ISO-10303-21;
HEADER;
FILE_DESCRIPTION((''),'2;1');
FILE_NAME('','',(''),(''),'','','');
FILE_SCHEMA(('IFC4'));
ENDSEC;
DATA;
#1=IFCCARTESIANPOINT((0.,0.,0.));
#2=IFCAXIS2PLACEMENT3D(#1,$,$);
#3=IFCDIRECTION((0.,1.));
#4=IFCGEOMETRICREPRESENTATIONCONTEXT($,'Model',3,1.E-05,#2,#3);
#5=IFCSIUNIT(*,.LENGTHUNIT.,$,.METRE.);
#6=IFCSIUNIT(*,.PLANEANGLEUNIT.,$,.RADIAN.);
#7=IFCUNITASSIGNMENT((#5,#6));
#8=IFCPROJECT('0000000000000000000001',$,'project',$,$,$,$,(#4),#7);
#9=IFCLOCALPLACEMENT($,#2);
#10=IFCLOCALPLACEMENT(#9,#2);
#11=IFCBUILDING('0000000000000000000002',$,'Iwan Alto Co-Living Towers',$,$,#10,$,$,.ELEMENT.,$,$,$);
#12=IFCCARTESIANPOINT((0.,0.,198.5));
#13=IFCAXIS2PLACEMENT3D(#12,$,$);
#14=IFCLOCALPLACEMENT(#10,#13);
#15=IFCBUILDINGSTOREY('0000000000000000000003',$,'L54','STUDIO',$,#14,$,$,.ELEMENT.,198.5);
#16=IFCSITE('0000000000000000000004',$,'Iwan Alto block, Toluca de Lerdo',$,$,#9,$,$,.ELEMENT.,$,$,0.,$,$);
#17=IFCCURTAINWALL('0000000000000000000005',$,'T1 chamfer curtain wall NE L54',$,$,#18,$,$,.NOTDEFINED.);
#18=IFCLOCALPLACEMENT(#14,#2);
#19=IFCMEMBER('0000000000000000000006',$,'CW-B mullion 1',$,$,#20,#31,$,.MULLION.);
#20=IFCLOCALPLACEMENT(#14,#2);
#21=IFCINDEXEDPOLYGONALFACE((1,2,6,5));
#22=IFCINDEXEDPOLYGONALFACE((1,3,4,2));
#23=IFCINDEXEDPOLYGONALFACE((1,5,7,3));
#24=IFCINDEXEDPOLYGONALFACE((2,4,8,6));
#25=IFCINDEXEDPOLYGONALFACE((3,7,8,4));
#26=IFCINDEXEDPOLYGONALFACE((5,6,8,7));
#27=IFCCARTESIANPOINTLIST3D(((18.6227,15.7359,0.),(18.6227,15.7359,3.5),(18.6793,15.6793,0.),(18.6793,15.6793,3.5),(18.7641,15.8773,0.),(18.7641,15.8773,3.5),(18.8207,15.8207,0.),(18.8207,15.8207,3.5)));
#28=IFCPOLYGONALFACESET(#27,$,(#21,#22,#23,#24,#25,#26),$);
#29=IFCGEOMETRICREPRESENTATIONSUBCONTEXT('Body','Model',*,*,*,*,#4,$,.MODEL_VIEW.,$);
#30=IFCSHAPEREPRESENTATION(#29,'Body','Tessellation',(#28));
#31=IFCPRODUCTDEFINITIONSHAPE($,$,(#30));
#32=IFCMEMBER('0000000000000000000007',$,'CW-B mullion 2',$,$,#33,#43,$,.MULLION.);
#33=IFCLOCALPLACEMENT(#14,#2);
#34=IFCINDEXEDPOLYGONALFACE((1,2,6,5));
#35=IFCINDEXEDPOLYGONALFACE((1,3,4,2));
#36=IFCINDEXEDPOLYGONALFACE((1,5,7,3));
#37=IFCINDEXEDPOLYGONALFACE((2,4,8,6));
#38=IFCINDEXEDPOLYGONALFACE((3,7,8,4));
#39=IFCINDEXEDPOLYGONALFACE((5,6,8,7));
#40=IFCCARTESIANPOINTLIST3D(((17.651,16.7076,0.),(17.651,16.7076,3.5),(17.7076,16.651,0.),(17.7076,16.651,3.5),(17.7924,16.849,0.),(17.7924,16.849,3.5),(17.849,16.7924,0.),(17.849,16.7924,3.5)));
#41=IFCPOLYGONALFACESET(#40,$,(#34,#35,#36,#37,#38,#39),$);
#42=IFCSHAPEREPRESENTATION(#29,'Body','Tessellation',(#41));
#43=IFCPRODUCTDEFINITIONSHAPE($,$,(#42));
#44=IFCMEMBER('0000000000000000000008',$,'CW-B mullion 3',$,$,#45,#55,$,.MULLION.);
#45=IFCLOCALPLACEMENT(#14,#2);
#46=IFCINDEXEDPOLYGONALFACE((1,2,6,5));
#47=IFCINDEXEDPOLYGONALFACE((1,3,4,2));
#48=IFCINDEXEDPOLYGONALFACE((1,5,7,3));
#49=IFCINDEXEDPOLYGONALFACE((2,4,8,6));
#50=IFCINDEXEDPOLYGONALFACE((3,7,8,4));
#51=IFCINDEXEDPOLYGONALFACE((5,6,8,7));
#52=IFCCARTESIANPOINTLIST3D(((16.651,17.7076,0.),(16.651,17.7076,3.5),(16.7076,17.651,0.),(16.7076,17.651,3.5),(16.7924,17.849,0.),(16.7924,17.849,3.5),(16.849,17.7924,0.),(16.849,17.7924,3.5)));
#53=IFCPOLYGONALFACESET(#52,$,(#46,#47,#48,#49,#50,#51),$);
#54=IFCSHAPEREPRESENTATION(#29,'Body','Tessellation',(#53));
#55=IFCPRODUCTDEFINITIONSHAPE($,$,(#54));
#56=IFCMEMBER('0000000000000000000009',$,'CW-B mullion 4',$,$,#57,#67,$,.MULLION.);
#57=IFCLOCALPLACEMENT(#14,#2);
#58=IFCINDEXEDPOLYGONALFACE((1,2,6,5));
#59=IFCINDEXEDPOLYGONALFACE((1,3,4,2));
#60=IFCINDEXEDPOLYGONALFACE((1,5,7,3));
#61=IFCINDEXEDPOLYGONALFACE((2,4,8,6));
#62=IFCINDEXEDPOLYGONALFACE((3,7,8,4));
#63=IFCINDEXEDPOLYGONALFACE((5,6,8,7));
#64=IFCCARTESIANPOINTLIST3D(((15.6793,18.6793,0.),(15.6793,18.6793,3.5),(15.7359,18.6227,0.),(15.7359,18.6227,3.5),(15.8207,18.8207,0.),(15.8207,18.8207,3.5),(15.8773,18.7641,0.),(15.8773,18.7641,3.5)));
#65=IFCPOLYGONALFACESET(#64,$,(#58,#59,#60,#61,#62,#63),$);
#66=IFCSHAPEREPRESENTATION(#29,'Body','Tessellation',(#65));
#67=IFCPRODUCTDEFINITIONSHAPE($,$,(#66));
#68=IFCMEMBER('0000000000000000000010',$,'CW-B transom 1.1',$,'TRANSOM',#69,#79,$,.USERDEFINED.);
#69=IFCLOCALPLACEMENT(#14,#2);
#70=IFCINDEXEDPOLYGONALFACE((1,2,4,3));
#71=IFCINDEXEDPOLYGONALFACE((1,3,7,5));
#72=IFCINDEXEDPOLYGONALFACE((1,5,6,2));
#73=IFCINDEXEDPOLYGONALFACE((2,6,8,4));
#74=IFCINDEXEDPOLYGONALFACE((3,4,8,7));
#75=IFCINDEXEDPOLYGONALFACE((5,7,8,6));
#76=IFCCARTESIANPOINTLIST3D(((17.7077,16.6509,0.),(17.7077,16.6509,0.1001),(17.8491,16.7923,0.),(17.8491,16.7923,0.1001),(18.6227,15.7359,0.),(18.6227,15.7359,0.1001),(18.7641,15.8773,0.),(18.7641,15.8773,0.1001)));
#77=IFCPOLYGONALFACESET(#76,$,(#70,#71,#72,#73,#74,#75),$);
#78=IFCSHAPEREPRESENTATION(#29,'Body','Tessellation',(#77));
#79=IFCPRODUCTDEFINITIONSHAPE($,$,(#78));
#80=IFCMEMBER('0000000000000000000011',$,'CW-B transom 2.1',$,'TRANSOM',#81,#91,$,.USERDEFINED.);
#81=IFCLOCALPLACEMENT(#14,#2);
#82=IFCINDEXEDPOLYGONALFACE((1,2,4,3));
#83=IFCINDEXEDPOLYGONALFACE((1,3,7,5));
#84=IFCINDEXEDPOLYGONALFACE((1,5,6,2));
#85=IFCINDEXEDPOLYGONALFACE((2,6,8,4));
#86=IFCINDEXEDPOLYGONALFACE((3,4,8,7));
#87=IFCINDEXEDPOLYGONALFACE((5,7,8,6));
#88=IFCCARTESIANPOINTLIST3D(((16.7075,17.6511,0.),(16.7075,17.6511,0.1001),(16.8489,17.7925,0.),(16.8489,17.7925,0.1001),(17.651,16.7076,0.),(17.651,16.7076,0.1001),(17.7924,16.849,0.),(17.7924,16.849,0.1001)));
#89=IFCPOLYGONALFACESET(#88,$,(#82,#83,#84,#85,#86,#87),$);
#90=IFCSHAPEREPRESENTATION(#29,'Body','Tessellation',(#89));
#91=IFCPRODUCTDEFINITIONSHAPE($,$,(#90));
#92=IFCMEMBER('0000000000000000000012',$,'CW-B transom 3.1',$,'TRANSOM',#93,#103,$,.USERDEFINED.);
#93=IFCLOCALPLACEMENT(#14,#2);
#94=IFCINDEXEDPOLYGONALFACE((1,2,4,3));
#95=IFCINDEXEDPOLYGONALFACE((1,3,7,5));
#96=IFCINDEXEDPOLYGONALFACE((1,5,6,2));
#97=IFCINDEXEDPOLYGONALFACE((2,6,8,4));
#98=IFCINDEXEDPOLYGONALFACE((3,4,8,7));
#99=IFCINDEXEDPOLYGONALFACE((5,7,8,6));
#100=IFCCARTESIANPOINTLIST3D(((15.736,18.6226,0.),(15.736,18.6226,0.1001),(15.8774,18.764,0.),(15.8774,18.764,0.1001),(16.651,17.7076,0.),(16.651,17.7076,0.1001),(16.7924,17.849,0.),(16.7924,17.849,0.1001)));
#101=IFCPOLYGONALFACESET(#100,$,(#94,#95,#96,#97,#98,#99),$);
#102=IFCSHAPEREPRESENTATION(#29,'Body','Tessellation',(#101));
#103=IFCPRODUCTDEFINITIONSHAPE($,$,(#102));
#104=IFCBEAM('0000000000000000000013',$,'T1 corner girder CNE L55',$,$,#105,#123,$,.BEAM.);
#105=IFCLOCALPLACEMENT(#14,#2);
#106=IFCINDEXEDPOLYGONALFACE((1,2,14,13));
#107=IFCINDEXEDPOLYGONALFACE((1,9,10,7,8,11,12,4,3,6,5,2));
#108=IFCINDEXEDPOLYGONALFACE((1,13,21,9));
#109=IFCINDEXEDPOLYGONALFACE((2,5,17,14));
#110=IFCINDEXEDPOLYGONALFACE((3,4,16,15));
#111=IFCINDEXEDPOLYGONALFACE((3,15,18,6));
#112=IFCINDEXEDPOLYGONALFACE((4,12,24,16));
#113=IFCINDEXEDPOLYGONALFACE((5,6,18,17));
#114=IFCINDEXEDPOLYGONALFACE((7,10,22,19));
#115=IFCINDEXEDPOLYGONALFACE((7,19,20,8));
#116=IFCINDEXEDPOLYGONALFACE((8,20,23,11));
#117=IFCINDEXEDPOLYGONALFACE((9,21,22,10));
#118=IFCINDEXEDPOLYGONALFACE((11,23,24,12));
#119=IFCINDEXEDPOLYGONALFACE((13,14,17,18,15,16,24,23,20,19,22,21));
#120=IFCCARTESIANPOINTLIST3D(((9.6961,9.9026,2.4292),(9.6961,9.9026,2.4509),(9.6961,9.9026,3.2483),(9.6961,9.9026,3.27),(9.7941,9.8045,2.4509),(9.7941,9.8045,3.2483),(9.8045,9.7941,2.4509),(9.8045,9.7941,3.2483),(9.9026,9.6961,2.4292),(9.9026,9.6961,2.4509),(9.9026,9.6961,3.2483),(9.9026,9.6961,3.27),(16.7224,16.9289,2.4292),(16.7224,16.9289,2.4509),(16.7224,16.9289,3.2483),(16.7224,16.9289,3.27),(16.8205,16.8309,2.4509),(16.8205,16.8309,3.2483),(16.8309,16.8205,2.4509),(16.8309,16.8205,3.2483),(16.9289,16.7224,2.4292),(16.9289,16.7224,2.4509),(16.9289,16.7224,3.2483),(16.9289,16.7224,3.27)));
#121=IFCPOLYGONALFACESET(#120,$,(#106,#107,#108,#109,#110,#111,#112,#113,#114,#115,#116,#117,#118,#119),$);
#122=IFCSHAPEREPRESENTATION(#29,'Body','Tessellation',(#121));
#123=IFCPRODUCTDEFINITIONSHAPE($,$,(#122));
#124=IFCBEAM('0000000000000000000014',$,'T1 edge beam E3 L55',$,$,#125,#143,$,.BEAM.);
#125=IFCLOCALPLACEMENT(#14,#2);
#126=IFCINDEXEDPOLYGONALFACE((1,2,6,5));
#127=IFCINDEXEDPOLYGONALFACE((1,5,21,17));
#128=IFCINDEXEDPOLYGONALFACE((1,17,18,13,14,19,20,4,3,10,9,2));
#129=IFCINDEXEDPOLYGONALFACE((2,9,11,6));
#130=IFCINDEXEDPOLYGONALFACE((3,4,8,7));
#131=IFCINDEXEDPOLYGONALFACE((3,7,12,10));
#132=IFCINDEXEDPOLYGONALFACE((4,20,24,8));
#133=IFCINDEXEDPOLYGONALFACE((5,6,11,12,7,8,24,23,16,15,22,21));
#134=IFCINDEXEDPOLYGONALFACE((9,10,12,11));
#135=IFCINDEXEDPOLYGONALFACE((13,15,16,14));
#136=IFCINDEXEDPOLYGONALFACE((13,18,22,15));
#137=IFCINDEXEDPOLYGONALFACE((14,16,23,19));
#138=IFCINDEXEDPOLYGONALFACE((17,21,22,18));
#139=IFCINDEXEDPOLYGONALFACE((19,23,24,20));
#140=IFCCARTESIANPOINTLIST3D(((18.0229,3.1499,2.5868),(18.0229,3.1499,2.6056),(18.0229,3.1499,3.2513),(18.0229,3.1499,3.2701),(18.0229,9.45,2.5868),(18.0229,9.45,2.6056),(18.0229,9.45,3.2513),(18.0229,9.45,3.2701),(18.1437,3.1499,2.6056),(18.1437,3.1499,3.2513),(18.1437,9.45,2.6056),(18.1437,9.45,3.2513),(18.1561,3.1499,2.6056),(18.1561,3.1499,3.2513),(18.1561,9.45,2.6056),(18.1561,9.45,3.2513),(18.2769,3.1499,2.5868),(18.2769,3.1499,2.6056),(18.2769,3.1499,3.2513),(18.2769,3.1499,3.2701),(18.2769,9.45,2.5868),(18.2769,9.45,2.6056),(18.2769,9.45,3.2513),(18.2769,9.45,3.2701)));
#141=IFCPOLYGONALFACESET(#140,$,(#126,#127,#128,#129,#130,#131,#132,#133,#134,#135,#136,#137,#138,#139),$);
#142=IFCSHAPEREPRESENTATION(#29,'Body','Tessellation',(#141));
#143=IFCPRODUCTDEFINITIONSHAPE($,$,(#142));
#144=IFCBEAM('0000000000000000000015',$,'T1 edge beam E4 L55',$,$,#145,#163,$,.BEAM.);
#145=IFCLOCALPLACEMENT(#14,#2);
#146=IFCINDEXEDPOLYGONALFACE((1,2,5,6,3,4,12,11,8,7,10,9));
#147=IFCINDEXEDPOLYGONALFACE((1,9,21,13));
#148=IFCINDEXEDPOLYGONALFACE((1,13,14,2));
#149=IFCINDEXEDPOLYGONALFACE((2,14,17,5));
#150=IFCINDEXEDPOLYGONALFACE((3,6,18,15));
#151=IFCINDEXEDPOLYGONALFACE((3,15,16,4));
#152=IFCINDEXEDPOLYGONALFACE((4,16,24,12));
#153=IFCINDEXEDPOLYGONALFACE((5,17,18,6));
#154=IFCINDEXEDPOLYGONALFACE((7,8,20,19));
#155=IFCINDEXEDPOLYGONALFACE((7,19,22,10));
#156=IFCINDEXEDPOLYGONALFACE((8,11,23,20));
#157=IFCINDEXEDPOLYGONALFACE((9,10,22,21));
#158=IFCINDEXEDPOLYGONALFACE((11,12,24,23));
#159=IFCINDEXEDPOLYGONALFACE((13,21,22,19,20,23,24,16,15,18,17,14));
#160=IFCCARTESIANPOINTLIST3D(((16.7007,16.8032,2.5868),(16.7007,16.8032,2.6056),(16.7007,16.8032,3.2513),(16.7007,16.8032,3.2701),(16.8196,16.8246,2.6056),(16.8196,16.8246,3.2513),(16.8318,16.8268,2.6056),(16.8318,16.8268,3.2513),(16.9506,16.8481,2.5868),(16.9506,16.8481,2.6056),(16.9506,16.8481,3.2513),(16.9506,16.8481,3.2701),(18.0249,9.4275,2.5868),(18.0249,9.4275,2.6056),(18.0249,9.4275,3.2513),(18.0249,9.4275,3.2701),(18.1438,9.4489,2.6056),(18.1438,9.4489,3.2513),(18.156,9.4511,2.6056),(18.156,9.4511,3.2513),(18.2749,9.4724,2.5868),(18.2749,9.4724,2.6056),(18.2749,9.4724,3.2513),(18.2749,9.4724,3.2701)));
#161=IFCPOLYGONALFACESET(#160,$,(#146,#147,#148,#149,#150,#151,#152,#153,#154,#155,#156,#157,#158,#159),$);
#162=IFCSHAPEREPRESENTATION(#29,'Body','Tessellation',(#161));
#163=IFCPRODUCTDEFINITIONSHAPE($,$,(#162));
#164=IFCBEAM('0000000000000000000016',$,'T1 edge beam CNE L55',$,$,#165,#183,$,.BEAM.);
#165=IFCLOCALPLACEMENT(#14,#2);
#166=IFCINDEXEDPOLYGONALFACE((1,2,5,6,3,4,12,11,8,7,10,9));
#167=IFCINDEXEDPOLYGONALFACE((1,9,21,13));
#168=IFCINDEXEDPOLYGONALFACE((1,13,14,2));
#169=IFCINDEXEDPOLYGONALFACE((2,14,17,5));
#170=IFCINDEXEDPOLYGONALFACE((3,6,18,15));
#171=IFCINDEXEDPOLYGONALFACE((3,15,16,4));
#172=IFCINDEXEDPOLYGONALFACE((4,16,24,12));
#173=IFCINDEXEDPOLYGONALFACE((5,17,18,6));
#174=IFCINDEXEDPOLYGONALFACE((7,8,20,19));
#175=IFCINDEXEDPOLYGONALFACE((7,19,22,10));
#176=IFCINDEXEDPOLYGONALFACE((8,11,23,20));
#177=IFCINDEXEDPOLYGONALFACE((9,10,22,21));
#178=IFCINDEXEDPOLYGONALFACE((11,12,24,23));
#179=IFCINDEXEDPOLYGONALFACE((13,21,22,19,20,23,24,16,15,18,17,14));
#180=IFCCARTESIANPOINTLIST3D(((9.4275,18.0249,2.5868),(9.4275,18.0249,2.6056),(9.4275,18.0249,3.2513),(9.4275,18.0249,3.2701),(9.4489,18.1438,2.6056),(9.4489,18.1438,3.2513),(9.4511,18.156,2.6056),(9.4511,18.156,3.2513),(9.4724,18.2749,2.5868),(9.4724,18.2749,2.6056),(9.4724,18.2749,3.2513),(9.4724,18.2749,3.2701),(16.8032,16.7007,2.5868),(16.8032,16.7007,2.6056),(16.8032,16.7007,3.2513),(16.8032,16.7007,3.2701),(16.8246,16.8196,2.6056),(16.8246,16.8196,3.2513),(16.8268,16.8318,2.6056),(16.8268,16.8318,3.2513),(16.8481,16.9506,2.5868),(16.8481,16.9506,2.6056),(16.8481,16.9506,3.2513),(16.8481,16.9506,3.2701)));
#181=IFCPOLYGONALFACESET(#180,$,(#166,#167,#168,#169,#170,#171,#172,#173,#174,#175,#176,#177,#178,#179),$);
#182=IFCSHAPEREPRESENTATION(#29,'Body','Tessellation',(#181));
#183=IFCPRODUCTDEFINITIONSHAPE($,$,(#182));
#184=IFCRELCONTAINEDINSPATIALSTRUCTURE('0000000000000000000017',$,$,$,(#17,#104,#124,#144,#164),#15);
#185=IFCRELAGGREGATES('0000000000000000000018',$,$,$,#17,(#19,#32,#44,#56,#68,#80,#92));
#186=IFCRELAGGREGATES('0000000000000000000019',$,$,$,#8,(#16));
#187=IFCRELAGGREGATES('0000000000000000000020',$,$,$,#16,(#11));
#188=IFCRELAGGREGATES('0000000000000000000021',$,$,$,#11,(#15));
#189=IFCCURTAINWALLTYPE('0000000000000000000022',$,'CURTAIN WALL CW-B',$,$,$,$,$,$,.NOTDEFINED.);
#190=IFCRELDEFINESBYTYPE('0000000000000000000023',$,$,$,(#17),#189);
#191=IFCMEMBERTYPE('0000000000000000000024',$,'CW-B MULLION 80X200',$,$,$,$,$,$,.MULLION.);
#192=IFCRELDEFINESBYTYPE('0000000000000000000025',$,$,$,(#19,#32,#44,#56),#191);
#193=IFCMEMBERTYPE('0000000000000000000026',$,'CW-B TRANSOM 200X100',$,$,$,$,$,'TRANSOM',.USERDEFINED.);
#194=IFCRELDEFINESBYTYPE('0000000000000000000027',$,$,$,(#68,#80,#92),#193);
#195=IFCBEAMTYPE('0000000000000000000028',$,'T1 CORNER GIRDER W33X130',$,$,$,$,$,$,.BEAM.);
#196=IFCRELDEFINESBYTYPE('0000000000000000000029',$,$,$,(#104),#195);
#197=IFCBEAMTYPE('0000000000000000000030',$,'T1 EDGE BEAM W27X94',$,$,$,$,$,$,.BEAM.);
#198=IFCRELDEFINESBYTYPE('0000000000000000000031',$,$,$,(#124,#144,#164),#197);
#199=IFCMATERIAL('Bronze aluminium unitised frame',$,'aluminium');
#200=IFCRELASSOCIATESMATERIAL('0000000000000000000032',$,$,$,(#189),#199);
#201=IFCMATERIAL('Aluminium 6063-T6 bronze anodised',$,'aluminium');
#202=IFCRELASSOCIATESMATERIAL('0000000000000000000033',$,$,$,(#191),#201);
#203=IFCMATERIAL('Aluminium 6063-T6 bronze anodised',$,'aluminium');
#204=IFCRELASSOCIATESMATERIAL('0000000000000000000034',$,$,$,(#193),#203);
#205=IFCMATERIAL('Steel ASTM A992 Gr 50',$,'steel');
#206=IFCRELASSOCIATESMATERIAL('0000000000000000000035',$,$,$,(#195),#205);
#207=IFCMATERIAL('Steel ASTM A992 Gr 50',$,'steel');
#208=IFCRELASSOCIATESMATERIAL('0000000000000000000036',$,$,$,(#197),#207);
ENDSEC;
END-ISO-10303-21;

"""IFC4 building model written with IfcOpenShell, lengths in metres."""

from ifc_helpers import new_model, si_unit, direction, frame, origin, origin_2d, place, context, subcontext, project, spatial, rectangle, i_section, extrude, material, material_profile, profile_set, type_object, element, aggregate, save


model = new_model("IFC4")

# Units and contexts
model_context = context("Model", 3, precision=1e-05, world=origin(), true_north=direction((0.0, 1.0)))
body_context = subcontext(model_context, "Body", "Model", "MODEL_VIEW")
ifc_project = project(units=[si_unit("LENGTHUNIT", "METRE"), si_unit("PLANEANGLEUNIT", "RADIAN")], contexts=[model_context])

# Site, building, storey
site_placement = place(None, origin())
site = spatial("IfcSite", under=ifc_project, at=site_placement, Name="Iwan Alto block, Toluca de Lerdo", CompositionType="ELEMENT", RefElevation=0.0)
building_placement = place(site_placement, origin())
building = spatial("IfcBuilding", under=site, at=building_placement, Name="Iwan Alto Co-Living Towers", CompositionType="ELEMENT")
storey_placement = place(building_placement, frame((0.0, 0.0, 198.5)))
storey = spatial("IfcBuildingStorey", under=building, at=storey_placement, Name="L54", Description="STUDIO", CompositionType="ELEMENT", Elevation=198.5)

# Curtain wall, members
ifc_material_1 = material(Name="Bronze aluminium unitised frame", Category="aluminium")
curtain_wall_type_1 = type_object("IfcCurtainWallType", Name="CURTAIN WALL CW-B", PredefinedType="NOTDEFINED", material=ifc_material_1)
curtain_wall_1_placement = place(storey_placement, origin())
curtain_wall_1 = element("IfcCurtainWall", 1, at=curtain_wall_1_placement, inside=storey, type_object=curtain_wall_type_1, Name="T1 chamfer curtain wall NE L54", PredefinedType="NOTDEFINED")
ifc_material_2 = material(Name="Aluminium 6063-T6 bronze anodised", Category="aluminium")
ifc_material_profile_1 = material_profile(ifc_material_2, rectangle(XDim=0.2, YDim=0.0801, at=origin_2d()), Name="AL 80X200")
ifc_profile_set_1 = profile_set([ifc_material_profile_1], Name="Aluminium 6063-T6 bronze anodised")
member_type_1 = type_object("IfcMemberType", Name="CW-B MULLION 80X200", PredefinedType="MULLION", material=ifc_profile_set_1)
member_1_placement = place(storey_placement, frame((18.7217, 15.7783, 0.0), z_axis=(0.0, 0.0, 1.0), x_axis=(-0.707107, -0.707107, 0.0)))
member_1 = element("IfcMember", 2, at=member_1_placement, type_object=member_type_1, Name="CW-B mullion 1", PredefinedType="MULLION", context=body_context, shape_type="SweptSolid", body=[
    extrude(rectangle(XDim=0.2, YDim=0.0801, at=origin_2d()), origin(), (0.0, 0.0, 1.0), 3.5),
])
member_2_placement = place(storey_placement, frame((17.75, 16.75, 0.0), z_axis=(0.0, 0.0, 1.0), x_axis=(-0.707107, -0.707107, 0.0)))
member_2 = element("IfcMember", 3, at=member_2_placement, type_object=member_type_1, Name="CW-B mullion 2", PredefinedType="MULLION", context=body_context, shape_type="SweptSolid", body=[
    extrude(rectangle(XDim=0.2, YDim=0.0801, at=origin_2d()), origin(), (0.0, 0.0, 1.0), 3.5),
])
member_3_placement = place(storey_placement, frame((16.75, 17.75, 0.0), z_axis=(0.0, 0.0, 1.0), x_axis=(-0.707107, -0.707107, 0.0)))
member_3 = element("IfcMember", 4, at=member_3_placement, type_object=member_type_1, Name="CW-B mullion 3", PredefinedType="MULLION", context=body_context, shape_type="SweptSolid", body=[
    extrude(rectangle(XDim=0.2, YDim=0.0801, at=origin_2d()), origin(), (0.0, 0.0, 1.0), 3.5),
])
member_4_placement = place(storey_placement, frame((15.7783, 18.7217, 0.0), z_axis=(0.0, 0.0, 1.0), x_axis=(-0.707107, -0.707107, 0.0)))
member_4 = element("IfcMember", 5, at=member_4_placement, type_object=member_type_1, Name="CW-B mullion 4", PredefinedType="MULLION", context=body_context, shape_type="SweptSolid", body=[
    extrude(rectangle(XDim=0.2, YDim=0.0801, at=origin_2d()), origin(), (0.0, 0.0, 1.0), 3.5),
])
ifc_material_3 = material(Name="Aluminium 6063-T6 bronze anodised", Category="aluminium")
ifc_material_profile_2 = material_profile(ifc_material_3, rectangle(XDim=0.2, YDim=0.1001, at=origin_2d()), Name="AL 200X100")
ifc_profile_set_2 = profile_set([ifc_material_profile_2], Name="Aluminium 6063-T6 bronze anodised")
member_type_2 = type_object("IfcMemberType", Name="CW-B TRANSOM 200X100", ElementType="TRANSOM", PredefinedType="USERDEFINED", material=ifc_profile_set_2)
member_5_placement = place(storey_placement, frame((18.6934, 15.8066, 0.05), z_axis=(-0.707107, 0.707107, 0.0), x_axis=(-0.707107, -0.707107, 0.0)))
member_5 = element("IfcMember", 6, at=member_5_placement, type_object=member_type_2, Name="CW-B transom 1.1", ObjectType="TRANSOM", PredefinedType="USERDEFINED", context=body_context, shape_type="SweptSolid", body=[
    extrude(rectangle(XDim=0.2, YDim=0.1001, at=origin_2d()), origin(), (0.0, 0.0, 1.0), 1.2939),
])
member_6_placement = place(storey_placement, frame((17.7217, 16.7783, 0.05), z_axis=(-0.707107, 0.707107, 0.0), x_axis=(-0.707107, -0.707107, 0.0)))
member_6 = element("IfcMember", 7, at=member_6_placement, type_object=member_type_2, Name="CW-B transom 2.1", ObjectType="TRANSOM", PredefinedType="USERDEFINED", context=body_context, shape_type="SweptSolid", body=[
    extrude(rectangle(XDim=0.2, YDim=0.1001, at=origin_2d()), origin(), (0.0, 0.0, 1.0), 1.3342),
])
member_7_placement = place(storey_placement, frame((16.7217, 17.7783, 0.05), z_axis=(-0.707107, 0.707107, 0.0), x_axis=(-0.707107, -0.707107, 0.0)))
member_7 = element("IfcMember", 8, at=member_7_placement, type_object=member_type_2, Name="CW-B transom 3.1", ObjectType="TRANSOM", PredefinedType="USERDEFINED", context=body_context, shape_type="SweptSolid", body=[
    extrude(rectangle(XDim=0.2, YDim=0.1001, at=origin_2d()), origin(), (0.0, 0.0, 1.0), 1.2939),
])

# Beams
ifc_material_4 = material(Name="Steel ASTM A992 Gr 50", Category="steel")
ifc_material_profile_3 = material_profile(ifc_material_4, i_section(OverallWidth=0.292, OverallDepth=0.8408, WebThickness=0.0146, FlangeThickness=0.0217, at=origin_2d()), Name="W33X130")
ifc_profile_set_3 = profile_set([ifc_material_profile_3], Name="Steel ASTM A992 Gr 50")
beam_type_1 = type_object("IfcBeamType", Name="T1 CORNER GIRDER W33X130", PredefinedType="BEAM", material=ifc_profile_set_3)
beam_1_placement = place(storey_placement, frame((16.8257, 16.8257, 2.8496), z_axis=(-0.707107, -0.707107, 0.0), x_axis=(0.707107, -0.707107, 0.0)))
element("IfcBeam", 9, at=beam_1_placement, inside=storey, type_object=beam_type_1, Name="T1 corner girder CNE L55", PredefinedType="BEAM", context=body_context, shape_type="SweptSolid", body=[
    extrude(i_section(OverallWidth=0.292, OverallDepth=0.8408, WebThickness=0.0146, FlangeThickness=0.0217, at=origin_2d()), origin(), (0.0, 0.0, 1.0), 9.9368),
])
ifc_material_5 = material(Name="Steel ASTM A992 Gr 50", Category="steel")
ifc_material_profile_4 = material_profile(ifc_material_5, i_section(OverallWidth=0.2539, OverallDepth=0.6833, WebThickness=0.0125, FlangeThickness=0.0188, at=origin_2d()), Name="W27X94")
ifc_profile_set_4 = profile_set([ifc_material_profile_4], Name="Steel ASTM A992 Gr 50")
beam_type_2 = type_object("IfcBeamType", Name="T1 EDGE BEAM W27X94", PredefinedType="BEAM", material=ifc_profile_set_4)
beam_2_placement = place(storey_placement, frame((18.1499, 3.1499, 2.9285), z_axis=(0.0, 1.0, 0.0), x_axis=(-1.0, 0.0, 0.0)))
element("IfcBeam", 10, at=beam_2_placement, inside=storey, type_object=beam_type_2, Name="T1 edge beam E3 L55", PredefinedType="BEAM", context=body_context, shape_type="SweptSolid", body=[
    extrude(i_section(OverallWidth=0.2539, OverallDepth=0.6833, WebThickness=0.0125, FlangeThickness=0.0188, at=origin_2d()), origin(), (0.0, 0.0, 1.0), 6.3),
])
for number, where, z_axis, x_axis, name in (
    (11, (18.1499, 9.45, 2.9285), (-0.176712, 0.984263, 0.0), (-0.984263, -0.176712, 0.0), "T1 edge beam E4 L55"),
    (12, (16.8257, 16.8257, 2.9285), (-0.984263, 0.176712, 0.0), (-0.176712, -0.984263, 0.0), "T1 edge beam CNE L55"),
):
    element("IfcBeam", number, at=place(storey_placement, frame(where, z_axis=z_axis, x_axis=x_axis)), inside=storey, type_object=beam_type_2, Name=name, PredefinedType="BEAM", context=body_context, shape_type="SweptSolid", body=[
        extrude(i_section(OverallWidth=0.2539, OverallDepth=0.6833, WebThickness=0.0125, FlangeThickness=0.0188, at=origin_2d()), origin(), (0.0, 0.0, 1.0), 7.4937),
    ])

aggregate(curtain_wall_1, [member_1, member_2, member_3, member_4, member_5, member_6, member_7])

save(model, "model.ifc")
